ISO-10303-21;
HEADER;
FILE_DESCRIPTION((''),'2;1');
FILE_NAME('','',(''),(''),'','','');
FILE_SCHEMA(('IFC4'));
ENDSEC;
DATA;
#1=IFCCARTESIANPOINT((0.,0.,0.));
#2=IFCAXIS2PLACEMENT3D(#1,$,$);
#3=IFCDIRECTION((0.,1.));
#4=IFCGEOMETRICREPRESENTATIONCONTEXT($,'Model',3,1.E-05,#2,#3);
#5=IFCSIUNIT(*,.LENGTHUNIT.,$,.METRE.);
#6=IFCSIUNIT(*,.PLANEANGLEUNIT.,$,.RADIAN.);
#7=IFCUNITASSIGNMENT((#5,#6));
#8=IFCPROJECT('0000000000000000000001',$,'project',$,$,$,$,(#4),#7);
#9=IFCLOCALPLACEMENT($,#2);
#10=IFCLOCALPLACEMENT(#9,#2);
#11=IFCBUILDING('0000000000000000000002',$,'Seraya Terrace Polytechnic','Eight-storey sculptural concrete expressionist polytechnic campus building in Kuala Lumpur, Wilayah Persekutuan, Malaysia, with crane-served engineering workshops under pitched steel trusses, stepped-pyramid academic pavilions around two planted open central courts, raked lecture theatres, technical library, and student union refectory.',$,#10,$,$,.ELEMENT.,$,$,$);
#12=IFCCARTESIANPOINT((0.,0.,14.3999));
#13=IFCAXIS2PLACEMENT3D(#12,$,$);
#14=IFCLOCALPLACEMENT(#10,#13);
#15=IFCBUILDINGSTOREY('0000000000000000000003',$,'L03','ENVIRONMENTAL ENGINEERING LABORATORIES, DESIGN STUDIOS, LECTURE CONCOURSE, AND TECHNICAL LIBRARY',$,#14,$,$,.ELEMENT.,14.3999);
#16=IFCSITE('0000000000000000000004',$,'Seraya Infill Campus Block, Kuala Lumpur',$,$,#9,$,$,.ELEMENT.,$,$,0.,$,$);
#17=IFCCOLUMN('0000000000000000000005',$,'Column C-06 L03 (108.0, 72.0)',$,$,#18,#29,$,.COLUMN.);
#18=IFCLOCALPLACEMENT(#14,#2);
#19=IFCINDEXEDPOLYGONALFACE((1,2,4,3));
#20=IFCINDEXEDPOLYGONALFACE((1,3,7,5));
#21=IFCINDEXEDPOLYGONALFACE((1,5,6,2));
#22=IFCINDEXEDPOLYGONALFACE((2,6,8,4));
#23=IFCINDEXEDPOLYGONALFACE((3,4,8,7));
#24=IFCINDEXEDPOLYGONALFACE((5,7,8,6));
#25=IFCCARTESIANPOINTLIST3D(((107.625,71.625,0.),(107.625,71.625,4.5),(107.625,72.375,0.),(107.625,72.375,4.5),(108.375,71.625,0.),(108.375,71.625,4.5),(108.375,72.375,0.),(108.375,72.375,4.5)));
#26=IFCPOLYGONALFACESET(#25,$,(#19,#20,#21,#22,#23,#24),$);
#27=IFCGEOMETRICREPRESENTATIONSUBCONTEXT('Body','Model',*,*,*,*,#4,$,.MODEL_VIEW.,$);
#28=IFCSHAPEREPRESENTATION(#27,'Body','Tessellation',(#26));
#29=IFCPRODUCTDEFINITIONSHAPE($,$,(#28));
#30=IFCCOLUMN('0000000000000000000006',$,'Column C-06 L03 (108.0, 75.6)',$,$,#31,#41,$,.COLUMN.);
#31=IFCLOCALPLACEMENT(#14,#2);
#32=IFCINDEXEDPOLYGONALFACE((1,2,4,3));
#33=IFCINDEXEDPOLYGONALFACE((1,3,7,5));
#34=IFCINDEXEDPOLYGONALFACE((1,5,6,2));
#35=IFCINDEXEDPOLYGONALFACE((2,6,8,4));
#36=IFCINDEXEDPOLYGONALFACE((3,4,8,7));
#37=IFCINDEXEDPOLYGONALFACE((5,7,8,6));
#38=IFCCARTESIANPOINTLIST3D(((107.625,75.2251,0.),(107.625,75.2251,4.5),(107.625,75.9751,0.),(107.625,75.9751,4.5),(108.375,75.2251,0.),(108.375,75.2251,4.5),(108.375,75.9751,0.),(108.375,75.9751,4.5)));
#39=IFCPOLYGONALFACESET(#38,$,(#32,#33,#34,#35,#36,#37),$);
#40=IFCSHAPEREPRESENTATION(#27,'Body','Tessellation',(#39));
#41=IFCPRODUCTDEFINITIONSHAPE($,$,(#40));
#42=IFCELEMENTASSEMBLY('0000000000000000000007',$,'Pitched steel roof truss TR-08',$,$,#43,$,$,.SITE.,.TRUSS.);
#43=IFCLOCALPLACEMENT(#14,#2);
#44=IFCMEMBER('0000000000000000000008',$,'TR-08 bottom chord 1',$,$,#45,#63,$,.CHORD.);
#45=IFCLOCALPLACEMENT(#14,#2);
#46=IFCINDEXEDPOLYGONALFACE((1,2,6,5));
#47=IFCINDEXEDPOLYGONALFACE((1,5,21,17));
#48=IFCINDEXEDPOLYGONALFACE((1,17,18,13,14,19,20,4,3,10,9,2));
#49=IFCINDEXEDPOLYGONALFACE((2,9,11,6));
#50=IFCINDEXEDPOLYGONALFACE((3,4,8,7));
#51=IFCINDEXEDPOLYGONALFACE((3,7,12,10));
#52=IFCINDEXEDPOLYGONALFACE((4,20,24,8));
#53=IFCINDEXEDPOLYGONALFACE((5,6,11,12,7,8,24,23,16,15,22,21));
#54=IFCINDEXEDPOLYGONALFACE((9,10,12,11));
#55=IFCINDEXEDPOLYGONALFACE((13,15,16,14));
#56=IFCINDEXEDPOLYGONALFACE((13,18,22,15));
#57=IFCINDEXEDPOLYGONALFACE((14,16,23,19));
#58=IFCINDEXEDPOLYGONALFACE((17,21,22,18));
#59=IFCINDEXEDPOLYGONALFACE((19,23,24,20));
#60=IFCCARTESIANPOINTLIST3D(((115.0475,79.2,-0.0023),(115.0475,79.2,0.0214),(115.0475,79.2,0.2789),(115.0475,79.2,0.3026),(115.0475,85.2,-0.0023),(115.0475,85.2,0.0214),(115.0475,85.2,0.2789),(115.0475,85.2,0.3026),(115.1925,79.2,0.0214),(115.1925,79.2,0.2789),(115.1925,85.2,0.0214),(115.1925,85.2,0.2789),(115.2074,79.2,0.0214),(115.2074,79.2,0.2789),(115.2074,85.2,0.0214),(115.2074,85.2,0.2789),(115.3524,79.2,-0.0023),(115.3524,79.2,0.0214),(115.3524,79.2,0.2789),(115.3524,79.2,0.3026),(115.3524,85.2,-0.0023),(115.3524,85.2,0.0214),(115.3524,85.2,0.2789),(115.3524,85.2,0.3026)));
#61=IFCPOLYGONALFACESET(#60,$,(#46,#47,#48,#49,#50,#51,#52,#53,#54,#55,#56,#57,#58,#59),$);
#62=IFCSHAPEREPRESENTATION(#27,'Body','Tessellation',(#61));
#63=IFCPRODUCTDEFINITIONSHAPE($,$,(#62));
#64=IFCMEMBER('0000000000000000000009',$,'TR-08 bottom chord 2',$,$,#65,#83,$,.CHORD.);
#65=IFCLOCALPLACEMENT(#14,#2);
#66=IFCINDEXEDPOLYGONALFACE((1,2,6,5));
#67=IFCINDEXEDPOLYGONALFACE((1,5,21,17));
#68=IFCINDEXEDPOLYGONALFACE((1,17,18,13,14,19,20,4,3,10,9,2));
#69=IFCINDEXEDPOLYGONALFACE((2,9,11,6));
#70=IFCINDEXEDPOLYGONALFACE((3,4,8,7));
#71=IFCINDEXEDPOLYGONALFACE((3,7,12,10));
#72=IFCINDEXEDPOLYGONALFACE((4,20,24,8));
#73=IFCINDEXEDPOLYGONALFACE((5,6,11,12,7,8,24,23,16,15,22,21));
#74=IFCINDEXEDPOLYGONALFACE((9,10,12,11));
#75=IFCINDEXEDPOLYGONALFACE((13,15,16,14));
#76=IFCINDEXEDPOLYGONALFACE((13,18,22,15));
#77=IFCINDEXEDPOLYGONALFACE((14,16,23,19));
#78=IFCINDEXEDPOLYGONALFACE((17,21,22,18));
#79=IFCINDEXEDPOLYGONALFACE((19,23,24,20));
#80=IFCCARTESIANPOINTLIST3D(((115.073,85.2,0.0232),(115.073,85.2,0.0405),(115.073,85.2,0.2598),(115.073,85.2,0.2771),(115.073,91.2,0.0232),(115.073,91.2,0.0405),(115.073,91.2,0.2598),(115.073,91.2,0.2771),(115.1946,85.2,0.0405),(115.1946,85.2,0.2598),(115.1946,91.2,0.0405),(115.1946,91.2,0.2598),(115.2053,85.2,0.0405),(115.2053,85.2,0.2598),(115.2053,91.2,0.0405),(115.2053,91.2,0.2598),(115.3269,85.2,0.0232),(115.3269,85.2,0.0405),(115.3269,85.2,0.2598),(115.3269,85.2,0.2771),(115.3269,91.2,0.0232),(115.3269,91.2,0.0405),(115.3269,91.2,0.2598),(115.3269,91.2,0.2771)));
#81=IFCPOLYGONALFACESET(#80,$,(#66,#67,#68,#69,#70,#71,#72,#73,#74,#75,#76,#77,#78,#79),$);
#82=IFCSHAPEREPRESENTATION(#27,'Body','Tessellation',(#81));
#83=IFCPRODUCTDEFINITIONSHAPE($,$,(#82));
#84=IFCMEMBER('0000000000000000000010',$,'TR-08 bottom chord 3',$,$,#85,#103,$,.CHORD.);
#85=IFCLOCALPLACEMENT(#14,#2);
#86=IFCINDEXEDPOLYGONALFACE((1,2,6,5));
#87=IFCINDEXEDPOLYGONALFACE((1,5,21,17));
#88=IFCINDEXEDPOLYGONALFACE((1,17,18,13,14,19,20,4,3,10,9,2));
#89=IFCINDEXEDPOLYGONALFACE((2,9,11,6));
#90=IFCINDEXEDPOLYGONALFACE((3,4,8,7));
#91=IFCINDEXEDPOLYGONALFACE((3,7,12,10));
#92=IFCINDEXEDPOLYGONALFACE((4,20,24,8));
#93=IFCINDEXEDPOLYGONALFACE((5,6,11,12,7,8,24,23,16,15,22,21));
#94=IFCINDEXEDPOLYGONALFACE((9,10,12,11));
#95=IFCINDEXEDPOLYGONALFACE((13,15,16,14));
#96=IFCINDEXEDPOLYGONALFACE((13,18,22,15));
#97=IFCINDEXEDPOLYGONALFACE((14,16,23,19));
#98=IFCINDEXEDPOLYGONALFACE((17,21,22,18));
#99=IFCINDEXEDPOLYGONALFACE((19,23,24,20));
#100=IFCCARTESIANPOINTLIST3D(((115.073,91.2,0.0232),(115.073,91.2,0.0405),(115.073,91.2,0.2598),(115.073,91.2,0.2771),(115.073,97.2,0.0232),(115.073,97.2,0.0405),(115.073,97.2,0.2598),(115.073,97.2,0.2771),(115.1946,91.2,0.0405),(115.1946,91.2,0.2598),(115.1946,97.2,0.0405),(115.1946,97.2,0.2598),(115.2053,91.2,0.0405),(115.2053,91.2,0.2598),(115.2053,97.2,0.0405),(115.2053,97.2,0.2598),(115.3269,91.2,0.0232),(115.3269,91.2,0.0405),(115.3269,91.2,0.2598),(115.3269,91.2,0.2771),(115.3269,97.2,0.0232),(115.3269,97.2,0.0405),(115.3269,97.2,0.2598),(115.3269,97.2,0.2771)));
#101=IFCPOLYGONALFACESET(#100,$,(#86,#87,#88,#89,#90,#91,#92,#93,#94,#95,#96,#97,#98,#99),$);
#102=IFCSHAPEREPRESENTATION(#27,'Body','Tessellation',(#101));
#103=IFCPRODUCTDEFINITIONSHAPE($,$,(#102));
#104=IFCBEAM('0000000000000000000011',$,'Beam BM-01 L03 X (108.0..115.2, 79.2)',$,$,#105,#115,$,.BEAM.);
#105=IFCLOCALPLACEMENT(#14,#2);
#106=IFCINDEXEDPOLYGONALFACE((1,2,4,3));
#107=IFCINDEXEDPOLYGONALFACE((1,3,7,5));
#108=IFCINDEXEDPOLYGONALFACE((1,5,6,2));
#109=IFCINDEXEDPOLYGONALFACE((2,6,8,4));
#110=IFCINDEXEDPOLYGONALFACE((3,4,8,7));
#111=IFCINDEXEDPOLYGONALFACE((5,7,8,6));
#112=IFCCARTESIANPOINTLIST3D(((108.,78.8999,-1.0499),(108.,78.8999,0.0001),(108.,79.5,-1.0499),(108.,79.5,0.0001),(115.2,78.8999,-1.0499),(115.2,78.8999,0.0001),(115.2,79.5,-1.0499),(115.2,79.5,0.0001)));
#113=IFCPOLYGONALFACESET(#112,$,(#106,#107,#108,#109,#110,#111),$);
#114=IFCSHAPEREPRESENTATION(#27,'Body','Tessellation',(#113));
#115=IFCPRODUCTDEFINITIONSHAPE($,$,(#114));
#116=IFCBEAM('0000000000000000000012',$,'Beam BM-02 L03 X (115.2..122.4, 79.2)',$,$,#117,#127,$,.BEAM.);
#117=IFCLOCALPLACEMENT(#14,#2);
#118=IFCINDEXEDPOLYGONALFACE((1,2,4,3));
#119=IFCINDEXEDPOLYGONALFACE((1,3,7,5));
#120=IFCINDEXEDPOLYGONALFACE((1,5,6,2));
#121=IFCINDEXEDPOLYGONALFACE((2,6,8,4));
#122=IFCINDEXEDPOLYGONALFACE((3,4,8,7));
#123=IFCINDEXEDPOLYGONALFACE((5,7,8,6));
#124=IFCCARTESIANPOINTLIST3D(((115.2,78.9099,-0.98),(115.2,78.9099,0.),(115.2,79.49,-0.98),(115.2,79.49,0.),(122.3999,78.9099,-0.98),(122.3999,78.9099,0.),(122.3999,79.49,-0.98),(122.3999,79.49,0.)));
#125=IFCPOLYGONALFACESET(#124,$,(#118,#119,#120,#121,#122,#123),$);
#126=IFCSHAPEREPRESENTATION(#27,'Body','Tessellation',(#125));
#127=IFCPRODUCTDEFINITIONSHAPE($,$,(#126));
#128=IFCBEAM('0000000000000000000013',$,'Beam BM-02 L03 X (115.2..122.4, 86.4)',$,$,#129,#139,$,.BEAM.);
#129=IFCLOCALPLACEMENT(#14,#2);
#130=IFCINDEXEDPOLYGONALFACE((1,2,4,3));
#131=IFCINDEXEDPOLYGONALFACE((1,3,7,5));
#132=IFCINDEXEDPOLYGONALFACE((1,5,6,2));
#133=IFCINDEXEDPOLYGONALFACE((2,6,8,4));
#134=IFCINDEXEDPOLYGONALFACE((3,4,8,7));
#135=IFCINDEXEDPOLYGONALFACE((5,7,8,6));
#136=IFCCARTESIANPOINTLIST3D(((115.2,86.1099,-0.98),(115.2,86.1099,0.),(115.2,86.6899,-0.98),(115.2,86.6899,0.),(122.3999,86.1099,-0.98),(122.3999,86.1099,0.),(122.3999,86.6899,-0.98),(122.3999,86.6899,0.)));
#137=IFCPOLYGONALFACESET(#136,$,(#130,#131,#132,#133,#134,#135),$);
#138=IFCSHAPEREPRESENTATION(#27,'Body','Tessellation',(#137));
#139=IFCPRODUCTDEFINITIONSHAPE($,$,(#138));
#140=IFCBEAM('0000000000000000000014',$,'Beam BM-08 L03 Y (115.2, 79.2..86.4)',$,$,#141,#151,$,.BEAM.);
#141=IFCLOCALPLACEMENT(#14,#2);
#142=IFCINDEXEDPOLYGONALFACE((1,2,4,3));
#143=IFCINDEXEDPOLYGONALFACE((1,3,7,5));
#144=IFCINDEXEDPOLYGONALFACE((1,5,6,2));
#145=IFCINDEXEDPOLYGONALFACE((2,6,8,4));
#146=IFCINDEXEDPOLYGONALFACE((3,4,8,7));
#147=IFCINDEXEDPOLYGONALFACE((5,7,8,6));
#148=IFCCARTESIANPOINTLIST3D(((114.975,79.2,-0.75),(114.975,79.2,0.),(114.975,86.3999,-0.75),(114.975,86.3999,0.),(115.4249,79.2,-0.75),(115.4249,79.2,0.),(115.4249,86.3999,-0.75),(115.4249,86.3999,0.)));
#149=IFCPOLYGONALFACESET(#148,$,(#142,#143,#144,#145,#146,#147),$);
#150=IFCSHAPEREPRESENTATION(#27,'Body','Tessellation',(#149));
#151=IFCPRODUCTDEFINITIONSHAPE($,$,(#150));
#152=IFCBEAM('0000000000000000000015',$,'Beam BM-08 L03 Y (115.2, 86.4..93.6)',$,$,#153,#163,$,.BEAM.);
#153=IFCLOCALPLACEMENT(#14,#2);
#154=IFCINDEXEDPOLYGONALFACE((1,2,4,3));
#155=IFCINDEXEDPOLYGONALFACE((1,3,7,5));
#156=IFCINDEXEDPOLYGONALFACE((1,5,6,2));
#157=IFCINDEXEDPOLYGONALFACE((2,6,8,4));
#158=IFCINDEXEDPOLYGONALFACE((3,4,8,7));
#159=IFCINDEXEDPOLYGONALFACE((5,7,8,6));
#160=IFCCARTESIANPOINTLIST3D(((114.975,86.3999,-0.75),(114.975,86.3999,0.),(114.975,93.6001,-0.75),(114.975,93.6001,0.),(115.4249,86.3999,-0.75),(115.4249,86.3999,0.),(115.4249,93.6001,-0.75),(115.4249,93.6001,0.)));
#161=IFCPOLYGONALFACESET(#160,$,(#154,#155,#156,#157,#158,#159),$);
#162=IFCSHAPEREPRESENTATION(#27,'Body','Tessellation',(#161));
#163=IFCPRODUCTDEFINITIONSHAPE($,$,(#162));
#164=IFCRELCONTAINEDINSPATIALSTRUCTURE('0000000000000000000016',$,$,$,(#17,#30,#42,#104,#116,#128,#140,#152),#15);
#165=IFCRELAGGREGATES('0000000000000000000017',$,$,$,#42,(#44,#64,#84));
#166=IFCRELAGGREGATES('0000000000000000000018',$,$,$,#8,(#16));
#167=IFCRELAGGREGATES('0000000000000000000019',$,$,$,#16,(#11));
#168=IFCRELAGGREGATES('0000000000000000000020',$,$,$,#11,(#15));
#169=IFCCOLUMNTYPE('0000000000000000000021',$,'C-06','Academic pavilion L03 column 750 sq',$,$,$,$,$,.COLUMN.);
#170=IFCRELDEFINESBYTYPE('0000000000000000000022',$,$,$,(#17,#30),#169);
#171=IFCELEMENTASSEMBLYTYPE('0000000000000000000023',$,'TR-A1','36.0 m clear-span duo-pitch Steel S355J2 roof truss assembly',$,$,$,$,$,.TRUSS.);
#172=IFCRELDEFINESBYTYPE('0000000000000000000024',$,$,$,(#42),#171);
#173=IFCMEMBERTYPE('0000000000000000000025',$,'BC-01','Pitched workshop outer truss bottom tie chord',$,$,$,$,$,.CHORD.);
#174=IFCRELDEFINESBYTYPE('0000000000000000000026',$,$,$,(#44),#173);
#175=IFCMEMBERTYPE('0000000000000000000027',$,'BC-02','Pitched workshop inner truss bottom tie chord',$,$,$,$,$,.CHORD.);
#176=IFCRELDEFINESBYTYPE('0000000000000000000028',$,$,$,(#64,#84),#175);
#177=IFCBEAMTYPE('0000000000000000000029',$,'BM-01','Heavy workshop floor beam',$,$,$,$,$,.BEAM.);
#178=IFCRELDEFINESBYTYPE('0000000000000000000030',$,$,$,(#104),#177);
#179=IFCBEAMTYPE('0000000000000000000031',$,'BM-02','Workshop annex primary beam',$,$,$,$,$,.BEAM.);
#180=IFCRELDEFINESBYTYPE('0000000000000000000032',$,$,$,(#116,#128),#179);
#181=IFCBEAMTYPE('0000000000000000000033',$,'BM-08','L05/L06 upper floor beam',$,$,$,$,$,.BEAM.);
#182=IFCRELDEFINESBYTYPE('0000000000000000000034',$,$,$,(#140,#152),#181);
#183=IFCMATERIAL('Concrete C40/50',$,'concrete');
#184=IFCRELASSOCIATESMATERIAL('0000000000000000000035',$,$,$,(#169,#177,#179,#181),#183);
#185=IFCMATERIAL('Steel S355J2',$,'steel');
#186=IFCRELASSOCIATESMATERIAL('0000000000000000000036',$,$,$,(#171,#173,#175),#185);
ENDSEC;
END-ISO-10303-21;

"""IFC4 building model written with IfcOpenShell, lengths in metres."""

from ifc_helpers import new_model, si_unit, direction, frame, origin, origin_2d, place, context, subcontext, project, spatial, rectangle, i_section, extrude, material, material_profile, profile_set, type_object, element, aggregate, save


model = new_model("IFC4")

# Units and contexts
model_context = context("Model", 3, precision=1e-05, world=origin(), true_north=direction((0.0, 1.0)))
body_context = subcontext(model_context, "Body", "Model", "MODEL_VIEW")
ifc_project = project(units=[si_unit("LENGTHUNIT", "METRE"), si_unit("PLANEANGLEUNIT", "RADIAN")], contexts=[model_context])

# Site, building, storey
site_placement = place(None, origin())
site = spatial("IfcSite", under=ifc_project, at=site_placement, Name="Seraya Infill Campus Block, Kuala Lumpur", CompositionType="ELEMENT", RefElevation=0.0)
building_placement = place(site_placement, origin())
building = spatial("IfcBuilding", under=site, at=building_placement, Name="Seraya Terrace Polytechnic", Description="Eight-storey sculptural concrete expressionist polytechnic campus building in Kuala Lumpur, Wilayah Persekutuan, Malaysia, with crane-served engineering workshops under pitched steel trusses, stepped-pyramid academic pavilions around two planted open central courts, raked lecture theatres, technical library, and student union refectory.", CompositionType="ELEMENT")
storey_placement = place(building_placement, frame((0.0, 0.0, 14.3999)))
storey = spatial("IfcBuildingStorey", under=building, at=storey_placement, Name="L03", Description="ENVIRONMENTAL ENGINEERING LABORATORIES, DESIGN STUDIOS, LECTURE CONCOURSE, AND TECHNICAL LIBRARY", CompositionType="ELEMENT", Elevation=14.3999)

# Columns
ifc_material_1 = material(Name="Concrete C40/50", Category="concrete")
ifc_material_profile_1 = material_profile(ifc_material_1, rectangle(XDim=0.75, YDim=0.75, at=origin_2d()), Name="RC 750x750")
ifc_profile_set_1 = profile_set([ifc_material_profile_1], Name="Concrete C40/50")
column_type = type_object("IfcColumnType", Name="C-06", Description="Academic pavilion L03 column 750 sq", PredefinedType="COLUMN", material=ifc_profile_set_1)
for number, where, z_axis, x_axis, name in (
    (1, (108.0, 72.0, 0.0), (0.0, 0.0, 1.0), (1.0, 0.0, 0.0), "Column C-06 L03 (108.0, 72.0)"),
    (2, (108.0, 75.6001, 0.0), (0.0, 0.0, 1.0), (1.0, 0.0, 0.0), "Column C-06 L03 (108.0, 75.6)"),
):
    element("IfcColumn", number, at=place(storey_placement, frame(where, z_axis=z_axis, x_axis=x_axis)), inside=storey, type_object=column_type, Name=name, PredefinedType="COLUMN", context=body_context, shape_type="SweptSolid", body=[
        extrude(rectangle(XDim=0.75, YDim=0.75, at=origin_2d()), origin(), (0.0, 0.0, 1.0), 4.5),
    ])

# Element assembly, members
ifc_material_2 = material(Name="Steel S355J2", Category="steel")
element_assembly_type = type_object("IfcElementAssemblyType", Name="TR-A1", Description="36.0 m clear-span duo-pitch Steel S355J2 roof truss assembly", PredefinedType="TRUSS", material=ifc_material_2)
assembly_placement = place(storey_placement, origin())
assembly = element("IfcElementAssembly", 3, at=assembly_placement, inside=storey, type_object=element_assembly_type, Name="Pitched steel roof truss TR-08", AssemblyPlace="SITE", PredefinedType="TRUSS")
ifc_material_profile_2 = material_profile(ifc_material_2, i_section(OverallWidth=0.3049, OverallDepth=0.3049, WebThickness=0.0149, FlangeThickness=0.0237, at=origin_2d()), Name="UKC 305x305x14.9x23.8")
ifc_profile_set_2 = profile_set([ifc_material_profile_2], Name="Steel S355J2")
member_type_1 = type_object("IfcMemberType", Name="BC-01", Description="Pitched workshop outer truss bottom tie chord", PredefinedType="CHORD", material=ifc_profile_set_2)
member_1_placement = place(storey_placement, frame((115.2, 79.2, 0.1501), z_axis=(0.0, 1.0, 0.0), x_axis=(-1.0, 0.0, 0.0)))
member_1 = element("IfcMember", 4, at=member_1_placement, type_object=member_type_1, Name="TR-08 bottom chord 1", PredefinedType="CHORD", context=body_context, shape_type="SweptSolid", body=[
    extrude(i_section(OverallWidth=0.3049, OverallDepth=0.3049, WebThickness=0.0149, FlangeThickness=0.0237, at=origin_2d()), origin(), (0.0, 0.0, 1.0), 6.0),
])
ifc_material_profile_3 = material_profile(ifc_material_2, i_section(OverallWidth=0.2539, OverallDepth=0.2539, WebThickness=0.0107, FlangeThickness=0.0173, at=origin_2d()), Name="UKC 254x254x10.7x17.3")
ifc_profile_set_3 = profile_set([ifc_material_profile_3], Name="Steel S355J2")
member_type_2 = type_object("IfcMemberType", Name="BC-02", Description="Pitched workshop inner truss bottom tie chord", PredefinedType="CHORD", material=ifc_profile_set_3)
member_2_placement = place(storey_placement, frame((115.2, 85.2, 0.1501), z_axis=(0.0, 1.0, 0.0), x_axis=(-1.0, 0.0, 0.0)))
member_2 = element("IfcMember", 5, at=member_2_placement, type_object=member_type_2, Name="TR-08 bottom chord 2", PredefinedType="CHORD", context=body_context, shape_type="SweptSolid", body=[
    extrude(i_section(OverallWidth=0.2539, OverallDepth=0.2539, WebThickness=0.0107, FlangeThickness=0.0173, at=origin_2d()), origin(), (0.0, 0.0, 1.0), 6.0),
])
member_3_placement = place(storey_placement, frame((115.2, 91.2, 0.1501), z_axis=(0.0, 1.0, 0.0), x_axis=(-1.0, 0.0, 0.0)))
member_3 = element("IfcMember", 6, at=member_3_placement, type_object=member_type_2, Name="TR-08 bottom chord 3", PredefinedType="CHORD", context=body_context, shape_type="SweptSolid", body=[
    extrude(i_section(OverallWidth=0.2539, OverallDepth=0.2539, WebThickness=0.0107, FlangeThickness=0.0173, at=origin_2d()), origin(), (0.0, 0.0, 1.0), 6.0),
])

# Beams
ifc_material_profile_4 = material_profile(ifc_material_1, rectangle(XDim=0.6001, YDim=1.05, at=origin_2d()), Name="RC 600x1050")
ifc_profile_set_4 = profile_set([ifc_material_profile_4], Name="Concrete C40/50")
beam_type_1 = type_object("IfcBeamType", Name="BM-01", Description="Heavy workshop floor beam", PredefinedType="BEAM", material=ifc_profile_set_4)
beam_1_placement = place(storey_placement, frame((108.0, 79.2, -0.5249), z_axis=(1.0, 0.0, 0.0), x_axis=(0.0, 1.0, 0.0)))
element("IfcBeam", 7, at=beam_1_placement, inside=storey, type_object=beam_type_1, Name="Beam BM-01 L03 X (108.0..115.2, 79.2)", PredefinedType="BEAM", context=body_context, shape_type="SweptSolid", body=[
    extrude(rectangle(XDim=0.6001, YDim=1.05, at=origin_2d()), origin(), (0.0, 0.0, 1.0), 7.2),
])
ifc_material_profile_5 = material_profile(ifc_material_1, rectangle(XDim=0.5801, YDim=0.98, at=origin_2d()), Name="RC 580x980")
ifc_profile_set_5 = profile_set([ifc_material_profile_5], Name="Concrete C40/50")
beam_type_2 = type_object("IfcBeamType", Name="BM-02", Description="Workshop annex primary beam", PredefinedType="BEAM", material=ifc_profile_set_5)
for number, where, z_axis, x_axis, name in (
    (8, (115.2, 79.2, -0.49), (1.0, 0.0, 0.0), (0.0, 1.0, 0.0), "Beam BM-02 L03 X (115.2..122.4, 79.2)"),
    (9, (115.2, 86.3999, -0.49), (1.0, 0.0, 0.0), (0.0, 1.0, 0.0), "Beam BM-02 L03 X (115.2..122.4, 86.4)"),
):
    element("IfcBeam", number, at=place(storey_placement, frame(where, z_axis=z_axis, x_axis=x_axis)), inside=storey, type_object=beam_type_2, Name=name, PredefinedType="BEAM", context=body_context, shape_type="SweptSolid", body=[
        extrude(rectangle(XDim=0.5801, YDim=0.98, at=origin_2d()), origin(), (0.0, 0.0, 1.0), 7.2),
    ])
ifc_material_profile_6 = material_profile(ifc_material_1, rectangle(XDim=0.45, YDim=0.75, at=origin_2d()), Name="RC 450x750")
ifc_profile_set_6 = profile_set([ifc_material_profile_6], Name="Concrete C40/50")
beam_type_3 = type_object("IfcBeamType", Name="BM-08", Description="L05/L06 upper floor beam", PredefinedType="BEAM", material=ifc_profile_set_6)
beam_2_placement = place(storey_placement, frame((115.2, 79.2, -0.375), z_axis=(0.0, 1.0, 0.0), x_axis=(-1.0, 0.0, 0.0)))
element("IfcBeam", 10, at=beam_2_placement, inside=storey, type_object=beam_type_3, Name="Beam BM-08 L03 Y (115.2, 79.2..86.4)", PredefinedType="BEAM", context=body_context, shape_type="SweptSolid", body=[
    extrude(rectangle(XDim=0.45, YDim=0.75, at=origin_2d()), origin(), (0.0, 0.0, 1.0), 7.2),
])
beam_3_placement = place(storey_placement, frame((115.2, 86.3999, -0.375), z_axis=(0.0, 1.0, 0.0), x_axis=(-1.0, 0.0, 0.0)))
element("IfcBeam", 11, at=beam_3_placement, inside=storey, type_object=beam_type_3, Name="Beam BM-08 L03 Y (115.2, 86.4..93.6)", PredefinedType="BEAM", context=body_context, shape_type="SweptSolid", body=[
    extrude(rectangle(XDim=0.45, YDim=0.75, at=origin_2d()), origin(), (0.0, 0.0, 1.0), 7.2002),
])

aggregate(assembly, [member_1, member_2, member_3])

save(model, "model.ifc")
